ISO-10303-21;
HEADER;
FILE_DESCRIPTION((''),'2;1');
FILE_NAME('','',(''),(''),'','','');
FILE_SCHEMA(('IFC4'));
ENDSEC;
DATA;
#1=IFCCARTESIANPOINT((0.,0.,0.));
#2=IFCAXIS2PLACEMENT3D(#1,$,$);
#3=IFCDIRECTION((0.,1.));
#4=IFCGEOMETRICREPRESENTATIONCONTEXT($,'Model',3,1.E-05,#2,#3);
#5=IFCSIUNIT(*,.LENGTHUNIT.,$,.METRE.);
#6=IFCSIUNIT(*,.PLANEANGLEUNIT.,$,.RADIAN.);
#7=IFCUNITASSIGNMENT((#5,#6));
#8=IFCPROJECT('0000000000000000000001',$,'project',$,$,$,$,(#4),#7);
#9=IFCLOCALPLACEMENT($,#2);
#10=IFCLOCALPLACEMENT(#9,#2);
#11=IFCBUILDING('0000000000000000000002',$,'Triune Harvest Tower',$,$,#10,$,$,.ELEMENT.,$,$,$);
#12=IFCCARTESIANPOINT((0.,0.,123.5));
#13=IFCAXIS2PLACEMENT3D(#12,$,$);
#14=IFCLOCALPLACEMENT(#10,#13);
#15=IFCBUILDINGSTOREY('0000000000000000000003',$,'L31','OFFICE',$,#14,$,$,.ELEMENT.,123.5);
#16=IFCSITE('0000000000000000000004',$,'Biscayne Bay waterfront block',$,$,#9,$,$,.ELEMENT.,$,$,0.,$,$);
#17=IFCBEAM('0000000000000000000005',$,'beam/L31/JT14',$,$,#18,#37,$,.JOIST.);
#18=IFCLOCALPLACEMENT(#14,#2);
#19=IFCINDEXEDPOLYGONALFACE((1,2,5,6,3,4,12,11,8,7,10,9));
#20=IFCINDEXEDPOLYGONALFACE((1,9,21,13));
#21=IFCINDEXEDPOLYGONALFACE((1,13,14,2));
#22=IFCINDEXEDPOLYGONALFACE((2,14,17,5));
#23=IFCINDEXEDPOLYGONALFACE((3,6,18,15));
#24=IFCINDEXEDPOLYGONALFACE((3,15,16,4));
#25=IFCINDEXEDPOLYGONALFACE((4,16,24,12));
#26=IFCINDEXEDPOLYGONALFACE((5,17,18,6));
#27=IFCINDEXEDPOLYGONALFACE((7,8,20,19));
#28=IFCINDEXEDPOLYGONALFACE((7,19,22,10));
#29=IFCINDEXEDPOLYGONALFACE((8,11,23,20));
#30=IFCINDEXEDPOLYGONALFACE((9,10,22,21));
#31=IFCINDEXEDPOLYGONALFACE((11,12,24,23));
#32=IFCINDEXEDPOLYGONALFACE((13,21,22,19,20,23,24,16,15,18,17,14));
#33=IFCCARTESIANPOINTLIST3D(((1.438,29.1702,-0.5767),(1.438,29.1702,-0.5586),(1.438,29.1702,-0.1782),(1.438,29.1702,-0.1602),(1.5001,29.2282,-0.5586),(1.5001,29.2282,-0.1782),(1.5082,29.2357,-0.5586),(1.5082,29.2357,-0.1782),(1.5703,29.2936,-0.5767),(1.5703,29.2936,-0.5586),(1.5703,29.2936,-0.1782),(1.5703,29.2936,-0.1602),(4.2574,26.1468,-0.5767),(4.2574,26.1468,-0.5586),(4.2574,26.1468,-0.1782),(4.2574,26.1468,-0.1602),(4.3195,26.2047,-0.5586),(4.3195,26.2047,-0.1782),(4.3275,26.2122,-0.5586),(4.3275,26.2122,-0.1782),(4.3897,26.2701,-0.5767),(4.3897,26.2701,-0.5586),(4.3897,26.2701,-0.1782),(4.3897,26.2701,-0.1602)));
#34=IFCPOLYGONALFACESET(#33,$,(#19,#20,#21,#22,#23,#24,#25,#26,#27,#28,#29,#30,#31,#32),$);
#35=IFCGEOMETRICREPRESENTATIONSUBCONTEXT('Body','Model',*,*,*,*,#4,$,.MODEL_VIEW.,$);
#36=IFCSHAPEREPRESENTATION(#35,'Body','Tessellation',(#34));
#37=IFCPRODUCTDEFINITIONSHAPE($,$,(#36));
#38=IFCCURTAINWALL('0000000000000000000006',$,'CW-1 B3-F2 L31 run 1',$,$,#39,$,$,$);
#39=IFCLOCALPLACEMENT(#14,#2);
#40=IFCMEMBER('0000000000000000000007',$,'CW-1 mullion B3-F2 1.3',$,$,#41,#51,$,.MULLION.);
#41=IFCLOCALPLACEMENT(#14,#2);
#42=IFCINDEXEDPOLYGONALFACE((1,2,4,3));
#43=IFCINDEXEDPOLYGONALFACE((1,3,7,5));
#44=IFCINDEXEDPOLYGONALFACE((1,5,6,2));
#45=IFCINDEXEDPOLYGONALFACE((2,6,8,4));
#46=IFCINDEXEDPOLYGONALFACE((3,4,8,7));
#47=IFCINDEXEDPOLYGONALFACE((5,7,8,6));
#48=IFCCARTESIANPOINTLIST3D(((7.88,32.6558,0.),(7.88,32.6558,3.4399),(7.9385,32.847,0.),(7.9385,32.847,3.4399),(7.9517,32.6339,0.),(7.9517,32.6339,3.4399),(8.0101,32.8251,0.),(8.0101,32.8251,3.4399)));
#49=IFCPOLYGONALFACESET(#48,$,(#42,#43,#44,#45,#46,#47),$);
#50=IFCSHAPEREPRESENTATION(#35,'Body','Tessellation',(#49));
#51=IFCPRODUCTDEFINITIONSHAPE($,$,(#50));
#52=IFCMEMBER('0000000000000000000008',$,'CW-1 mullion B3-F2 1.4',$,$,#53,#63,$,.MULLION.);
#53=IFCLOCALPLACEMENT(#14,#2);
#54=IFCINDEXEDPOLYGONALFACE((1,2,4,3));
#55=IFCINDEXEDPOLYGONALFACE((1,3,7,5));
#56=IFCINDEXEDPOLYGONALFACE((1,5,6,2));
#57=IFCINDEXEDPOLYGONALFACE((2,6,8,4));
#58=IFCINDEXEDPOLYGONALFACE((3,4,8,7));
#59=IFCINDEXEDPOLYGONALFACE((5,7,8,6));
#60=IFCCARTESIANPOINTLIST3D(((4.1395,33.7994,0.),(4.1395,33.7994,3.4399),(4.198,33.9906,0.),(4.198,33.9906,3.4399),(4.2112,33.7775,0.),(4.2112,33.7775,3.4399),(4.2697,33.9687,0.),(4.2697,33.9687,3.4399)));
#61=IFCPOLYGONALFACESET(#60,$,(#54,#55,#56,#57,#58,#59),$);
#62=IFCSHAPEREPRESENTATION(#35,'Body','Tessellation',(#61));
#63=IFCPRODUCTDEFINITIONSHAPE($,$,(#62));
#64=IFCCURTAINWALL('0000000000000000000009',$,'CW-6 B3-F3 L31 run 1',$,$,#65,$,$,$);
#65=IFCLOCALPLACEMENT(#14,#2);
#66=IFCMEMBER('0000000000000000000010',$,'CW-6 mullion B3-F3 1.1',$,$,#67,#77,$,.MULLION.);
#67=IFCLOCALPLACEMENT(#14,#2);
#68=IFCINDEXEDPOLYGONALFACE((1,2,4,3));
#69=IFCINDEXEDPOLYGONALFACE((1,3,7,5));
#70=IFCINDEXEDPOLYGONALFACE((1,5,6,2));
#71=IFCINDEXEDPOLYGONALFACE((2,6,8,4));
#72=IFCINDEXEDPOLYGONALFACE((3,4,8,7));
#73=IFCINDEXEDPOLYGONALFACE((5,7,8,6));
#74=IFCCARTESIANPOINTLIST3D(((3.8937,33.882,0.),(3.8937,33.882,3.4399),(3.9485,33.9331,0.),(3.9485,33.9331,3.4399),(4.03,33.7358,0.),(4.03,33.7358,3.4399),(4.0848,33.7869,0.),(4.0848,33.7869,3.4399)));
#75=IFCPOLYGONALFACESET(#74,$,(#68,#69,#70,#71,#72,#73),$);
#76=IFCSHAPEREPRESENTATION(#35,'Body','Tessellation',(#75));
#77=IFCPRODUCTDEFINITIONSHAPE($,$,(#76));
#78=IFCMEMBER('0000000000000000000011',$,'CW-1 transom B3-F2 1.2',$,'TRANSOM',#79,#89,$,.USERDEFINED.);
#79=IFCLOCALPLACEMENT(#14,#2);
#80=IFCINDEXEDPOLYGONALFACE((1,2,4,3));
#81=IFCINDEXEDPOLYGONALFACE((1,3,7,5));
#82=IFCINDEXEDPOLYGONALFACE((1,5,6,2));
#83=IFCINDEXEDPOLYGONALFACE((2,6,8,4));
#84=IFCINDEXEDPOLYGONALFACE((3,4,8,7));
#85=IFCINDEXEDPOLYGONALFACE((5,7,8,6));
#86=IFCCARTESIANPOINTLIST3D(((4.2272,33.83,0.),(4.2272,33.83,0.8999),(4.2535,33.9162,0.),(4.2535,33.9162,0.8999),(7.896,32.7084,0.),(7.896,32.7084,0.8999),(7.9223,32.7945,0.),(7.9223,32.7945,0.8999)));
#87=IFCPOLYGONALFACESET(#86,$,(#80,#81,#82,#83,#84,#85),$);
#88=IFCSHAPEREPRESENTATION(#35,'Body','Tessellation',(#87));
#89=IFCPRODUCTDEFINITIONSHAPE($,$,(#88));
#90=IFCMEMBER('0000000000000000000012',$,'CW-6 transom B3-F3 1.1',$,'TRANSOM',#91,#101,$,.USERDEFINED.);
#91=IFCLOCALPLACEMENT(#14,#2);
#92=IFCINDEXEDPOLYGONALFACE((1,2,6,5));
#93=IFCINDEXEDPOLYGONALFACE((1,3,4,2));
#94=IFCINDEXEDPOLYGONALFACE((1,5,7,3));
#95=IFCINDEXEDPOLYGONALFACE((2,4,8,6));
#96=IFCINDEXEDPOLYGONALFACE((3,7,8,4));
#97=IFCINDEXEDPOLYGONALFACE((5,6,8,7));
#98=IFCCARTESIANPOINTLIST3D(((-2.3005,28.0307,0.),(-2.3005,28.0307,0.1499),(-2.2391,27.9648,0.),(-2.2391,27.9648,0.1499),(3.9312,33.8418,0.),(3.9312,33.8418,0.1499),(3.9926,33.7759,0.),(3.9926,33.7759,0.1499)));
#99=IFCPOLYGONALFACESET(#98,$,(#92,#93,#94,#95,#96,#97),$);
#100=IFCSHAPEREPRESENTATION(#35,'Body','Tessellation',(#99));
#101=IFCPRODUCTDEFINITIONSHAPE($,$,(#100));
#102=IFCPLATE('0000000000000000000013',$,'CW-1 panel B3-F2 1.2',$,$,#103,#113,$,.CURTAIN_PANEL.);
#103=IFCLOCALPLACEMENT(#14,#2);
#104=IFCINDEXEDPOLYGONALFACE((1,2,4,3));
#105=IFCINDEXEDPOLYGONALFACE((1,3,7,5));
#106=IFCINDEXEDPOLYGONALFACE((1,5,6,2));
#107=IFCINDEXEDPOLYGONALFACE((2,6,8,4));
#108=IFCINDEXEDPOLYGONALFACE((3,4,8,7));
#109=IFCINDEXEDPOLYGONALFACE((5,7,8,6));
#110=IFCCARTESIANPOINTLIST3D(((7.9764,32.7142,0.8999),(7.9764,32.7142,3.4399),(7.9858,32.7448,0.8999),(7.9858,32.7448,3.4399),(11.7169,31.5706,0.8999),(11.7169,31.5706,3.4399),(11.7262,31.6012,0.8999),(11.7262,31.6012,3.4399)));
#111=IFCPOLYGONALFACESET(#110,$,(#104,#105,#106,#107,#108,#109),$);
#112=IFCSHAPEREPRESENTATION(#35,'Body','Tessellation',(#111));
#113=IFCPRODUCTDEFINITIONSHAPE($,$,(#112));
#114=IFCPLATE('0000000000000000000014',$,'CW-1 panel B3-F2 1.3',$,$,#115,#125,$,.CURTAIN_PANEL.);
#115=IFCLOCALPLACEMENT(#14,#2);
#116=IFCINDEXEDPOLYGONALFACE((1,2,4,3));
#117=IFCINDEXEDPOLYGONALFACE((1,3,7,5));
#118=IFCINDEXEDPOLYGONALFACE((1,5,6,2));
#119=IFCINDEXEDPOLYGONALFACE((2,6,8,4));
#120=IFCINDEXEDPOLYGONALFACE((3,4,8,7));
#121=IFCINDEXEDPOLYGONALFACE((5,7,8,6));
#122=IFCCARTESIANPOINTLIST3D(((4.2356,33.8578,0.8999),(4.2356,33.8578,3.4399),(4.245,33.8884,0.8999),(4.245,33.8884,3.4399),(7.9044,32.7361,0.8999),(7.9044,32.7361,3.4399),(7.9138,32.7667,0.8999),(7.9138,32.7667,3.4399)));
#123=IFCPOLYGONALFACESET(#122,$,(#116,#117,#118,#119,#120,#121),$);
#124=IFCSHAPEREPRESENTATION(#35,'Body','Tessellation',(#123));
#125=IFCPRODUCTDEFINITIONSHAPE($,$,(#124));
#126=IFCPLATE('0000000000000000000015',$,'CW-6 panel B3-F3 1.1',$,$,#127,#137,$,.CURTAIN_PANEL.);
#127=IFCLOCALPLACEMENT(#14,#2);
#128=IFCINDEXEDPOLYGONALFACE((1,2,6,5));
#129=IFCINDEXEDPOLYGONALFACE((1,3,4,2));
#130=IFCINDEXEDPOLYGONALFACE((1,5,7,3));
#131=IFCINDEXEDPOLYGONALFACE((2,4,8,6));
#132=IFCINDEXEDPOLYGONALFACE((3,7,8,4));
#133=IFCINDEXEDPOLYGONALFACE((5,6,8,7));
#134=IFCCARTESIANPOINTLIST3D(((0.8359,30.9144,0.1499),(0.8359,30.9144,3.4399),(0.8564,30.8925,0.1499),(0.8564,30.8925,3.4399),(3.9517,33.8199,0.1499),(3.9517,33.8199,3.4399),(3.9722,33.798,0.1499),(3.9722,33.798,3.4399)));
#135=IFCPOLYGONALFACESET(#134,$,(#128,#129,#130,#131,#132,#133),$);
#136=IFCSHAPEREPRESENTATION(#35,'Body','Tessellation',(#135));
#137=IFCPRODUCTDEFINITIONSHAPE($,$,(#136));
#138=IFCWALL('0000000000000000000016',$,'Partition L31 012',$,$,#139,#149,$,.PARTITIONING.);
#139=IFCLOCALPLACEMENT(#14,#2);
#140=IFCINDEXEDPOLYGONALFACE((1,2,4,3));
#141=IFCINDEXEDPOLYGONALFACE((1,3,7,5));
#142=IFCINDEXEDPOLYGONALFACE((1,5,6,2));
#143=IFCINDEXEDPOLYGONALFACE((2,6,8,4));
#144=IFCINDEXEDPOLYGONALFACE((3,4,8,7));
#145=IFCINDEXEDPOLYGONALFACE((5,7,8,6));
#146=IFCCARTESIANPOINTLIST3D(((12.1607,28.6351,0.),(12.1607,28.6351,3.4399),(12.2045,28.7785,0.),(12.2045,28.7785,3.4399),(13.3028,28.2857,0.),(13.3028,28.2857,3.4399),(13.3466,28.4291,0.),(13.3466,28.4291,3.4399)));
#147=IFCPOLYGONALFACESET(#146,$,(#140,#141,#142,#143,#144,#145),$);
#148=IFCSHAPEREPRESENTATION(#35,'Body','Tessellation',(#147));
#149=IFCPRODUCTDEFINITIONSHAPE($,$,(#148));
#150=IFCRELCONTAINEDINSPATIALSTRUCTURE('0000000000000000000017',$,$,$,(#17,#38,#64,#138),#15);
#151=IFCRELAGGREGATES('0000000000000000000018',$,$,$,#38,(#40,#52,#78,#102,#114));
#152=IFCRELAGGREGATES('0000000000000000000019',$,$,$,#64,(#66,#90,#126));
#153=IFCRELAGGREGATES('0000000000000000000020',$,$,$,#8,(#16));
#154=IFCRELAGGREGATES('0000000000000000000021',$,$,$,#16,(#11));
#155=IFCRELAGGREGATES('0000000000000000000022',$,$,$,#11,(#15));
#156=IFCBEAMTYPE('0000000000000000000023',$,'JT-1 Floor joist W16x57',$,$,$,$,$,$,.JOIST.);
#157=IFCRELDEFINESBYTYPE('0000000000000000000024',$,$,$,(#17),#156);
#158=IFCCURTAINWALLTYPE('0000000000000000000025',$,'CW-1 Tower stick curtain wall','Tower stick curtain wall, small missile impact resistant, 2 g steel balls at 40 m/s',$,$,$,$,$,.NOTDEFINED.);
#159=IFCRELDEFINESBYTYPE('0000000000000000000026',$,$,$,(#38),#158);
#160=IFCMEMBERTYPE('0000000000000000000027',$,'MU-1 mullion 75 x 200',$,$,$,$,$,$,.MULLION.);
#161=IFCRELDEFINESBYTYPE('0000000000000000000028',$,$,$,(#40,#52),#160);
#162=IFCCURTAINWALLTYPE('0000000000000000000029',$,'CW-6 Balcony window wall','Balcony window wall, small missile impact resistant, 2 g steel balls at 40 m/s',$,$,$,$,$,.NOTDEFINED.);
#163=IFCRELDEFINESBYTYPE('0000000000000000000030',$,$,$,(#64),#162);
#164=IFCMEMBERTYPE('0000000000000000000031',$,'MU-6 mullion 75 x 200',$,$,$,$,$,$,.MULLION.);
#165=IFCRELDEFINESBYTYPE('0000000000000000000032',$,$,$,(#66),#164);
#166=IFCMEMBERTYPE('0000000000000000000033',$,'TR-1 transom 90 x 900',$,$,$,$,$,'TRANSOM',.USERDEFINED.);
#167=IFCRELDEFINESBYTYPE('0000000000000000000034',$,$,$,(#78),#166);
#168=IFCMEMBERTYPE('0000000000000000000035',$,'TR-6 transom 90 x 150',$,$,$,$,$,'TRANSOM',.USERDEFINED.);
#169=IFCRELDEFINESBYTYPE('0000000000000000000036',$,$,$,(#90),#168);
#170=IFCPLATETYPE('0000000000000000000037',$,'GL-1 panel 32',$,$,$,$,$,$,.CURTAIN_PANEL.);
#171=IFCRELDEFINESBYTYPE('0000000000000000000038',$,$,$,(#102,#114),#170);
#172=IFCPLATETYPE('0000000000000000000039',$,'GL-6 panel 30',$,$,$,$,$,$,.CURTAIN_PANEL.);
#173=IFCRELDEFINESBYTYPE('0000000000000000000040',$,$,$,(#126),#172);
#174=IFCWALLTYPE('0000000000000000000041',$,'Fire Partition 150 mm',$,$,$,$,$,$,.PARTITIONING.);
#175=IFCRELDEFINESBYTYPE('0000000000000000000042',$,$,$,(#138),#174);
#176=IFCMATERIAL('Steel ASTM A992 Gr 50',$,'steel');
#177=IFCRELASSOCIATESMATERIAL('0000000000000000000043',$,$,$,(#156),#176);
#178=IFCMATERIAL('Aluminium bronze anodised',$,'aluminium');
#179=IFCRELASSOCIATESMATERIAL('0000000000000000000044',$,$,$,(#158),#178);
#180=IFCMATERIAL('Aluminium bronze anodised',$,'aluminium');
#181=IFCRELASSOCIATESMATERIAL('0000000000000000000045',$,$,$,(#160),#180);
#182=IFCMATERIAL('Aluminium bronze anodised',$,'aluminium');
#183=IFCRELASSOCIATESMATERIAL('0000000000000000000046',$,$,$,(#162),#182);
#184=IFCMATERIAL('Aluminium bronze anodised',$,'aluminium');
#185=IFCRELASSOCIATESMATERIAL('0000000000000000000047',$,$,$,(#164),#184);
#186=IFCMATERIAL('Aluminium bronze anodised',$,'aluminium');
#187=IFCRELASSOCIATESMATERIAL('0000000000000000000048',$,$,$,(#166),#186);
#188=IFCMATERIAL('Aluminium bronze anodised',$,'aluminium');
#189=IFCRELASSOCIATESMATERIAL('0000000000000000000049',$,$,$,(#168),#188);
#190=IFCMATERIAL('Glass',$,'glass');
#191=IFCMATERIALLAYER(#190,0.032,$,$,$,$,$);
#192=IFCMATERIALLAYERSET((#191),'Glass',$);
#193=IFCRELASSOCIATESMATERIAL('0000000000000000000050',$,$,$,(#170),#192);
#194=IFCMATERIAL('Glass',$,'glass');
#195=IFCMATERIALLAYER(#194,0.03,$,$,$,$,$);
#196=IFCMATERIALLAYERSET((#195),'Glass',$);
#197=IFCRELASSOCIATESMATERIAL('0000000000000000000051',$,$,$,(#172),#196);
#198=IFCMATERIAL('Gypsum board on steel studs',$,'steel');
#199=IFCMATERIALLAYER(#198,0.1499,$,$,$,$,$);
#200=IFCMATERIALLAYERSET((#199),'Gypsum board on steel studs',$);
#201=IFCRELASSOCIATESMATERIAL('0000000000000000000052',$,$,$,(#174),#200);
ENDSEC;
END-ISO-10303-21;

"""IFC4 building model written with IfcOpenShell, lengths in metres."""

from ifc_helpers import new_model, si_unit, direction, frame, frame_2d, origin, origin_2d, place, context, subcontext, project, spatial, rectangle, i_section, extrude, source, transform, mapped, material, layer, layer_set, material_profile, profile_set, type_object, element, aggregate, save


model = new_model("IFC4")

# Units and contexts
model_context = context("Model", 3, precision=1e-05, world=origin(), true_north=direction((0.0, 1.0)))
body_context = subcontext(model_context, "Body", "Model", "MODEL_VIEW")
ifc_project = project(units=[si_unit("LENGTHUNIT", "METRE"), si_unit("PLANEANGLEUNIT", "RADIAN")], contexts=[model_context])

# Site, building, storey
site_placement = place(None, origin())
site = spatial("IfcSite", under=ifc_project, at=site_placement, Name="Biscayne Bay waterfront block", CompositionType="ELEMENT", RefElevation=0.0)
building_placement = place(site_placement, origin())
building = spatial("IfcBuilding", under=site, at=building_placement, Name="Triune Harvest Tower", CompositionType="ELEMENT")
storey_placement = place(building_placement, frame((0.0, 0.0, 123.5)))
storey = spatial("IfcBuildingStorey", under=building, at=storey_placement, Name="L31", Description="OFFICE", CompositionType="ELEMENT", Elevation=123.5)

# Beam
ifc_material_1 = material(Name="Steel ASTM A992 Gr 50", Category="steel")
ifc_material_profile_1 = material_profile(ifc_material_1, i_section(OverallWidth=0.1809, OverallDepth=0.4165, WebThickness=0.011, FlangeThickness=0.0181, at=origin_2d()), Name="W16x57")
ifc_profile_set_1 = profile_set([ifc_material_profile_1], Name="Steel ASTM A992 Gr 50")
beam_type_1 = type_object("IfcBeamType", Name="JT-1 Floor joist W16x57", PredefinedType="JOIST", material=ifc_profile_set_1)
shared_shape_1 = source(origin(), body_context, "Body", "SweptSolid", [
    extrude(i_section(OverallWidth=0.1809, OverallDepth=0.4165, WebThickness=0.011, FlangeThickness=0.0181, at=origin_2d()), origin(), (0.0, 0.0, 1.0), 4.134),
])
beam_1_placement = place(storey_placement, frame((1.5042, 29.2319, -0.3684), z_axis=(0.68199, -0.731362, 0.0), x_axis=(0.731362, 0.68199, 0.0)))
element("IfcBeam", 1, at=beam_1_placement, inside=storey, type_object=beam_type_1, Name="beam/L31/JT14", PredefinedType="JOIST", context=body_context, shape_type="MappedRepresentation", body=[
    mapped(shared_shape_1, transform((0.0, 0.0, 0.0), scale=1.0)),
])

# Curtain wall, members
ifc_material_2 = material(Name="Aluminium bronze anodised", Category="aluminium")
curtain_wall_type_1 = type_object("IfcCurtainWallType", Name="CW-1 Tower stick curtain wall", Description="Tower stick curtain wall, small missile impact resistant, 2 g steel balls at 40 m/s", PredefinedType="NOTDEFINED", material=ifc_material_2)
curtain_wall_1_placement = place(storey_placement, origin())
curtain_wall_1 = element("IfcCurtainWall", 2, at=curtain_wall_1_placement, inside=storey, type_object=curtain_wall_type_1, Name="CW-1 B3-F2 L31 run 1")
ifc_material_3 = material(Name="Aluminium bronze anodised", Category="aluminium")
ifc_material_profile_2 = material_profile(ifc_material_3, rectangle(XDim=0.2, YDim=0.075, at=origin_2d()), Name="MU-1 mullion 75 x 200")
ifc_profile_set_2 = profile_set([ifc_material_profile_2], Name="Aluminium bronze anodised")
member_type_1 = type_object("IfcMemberType", Name="MU-1 mullion 75 x 200", PredefinedType="MULLION", material=ifc_profile_set_2)
shared_shape_2 = source(origin(), body_context, "Body", "SweptSolid", [
    extrude(rectangle(XDim=0.2, YDim=0.075, at=origin_2d()), origin(), (0.0, 0.0, 1.0), 3.4399),
])
member_1_placement = place(storey_placement, frame((7.9451, 32.7405, 0.0), z_axis=(0.0, 0.0, 1.0), x_axis=(-0.292377, -0.956303, 0.0)))
member_1 = element("IfcMember", 3, at=member_1_placement, type_object=member_type_1, Name="CW-1 mullion B3-F2 1.3", PredefinedType="MULLION", context=body_context, shape_type="MappedRepresentation", body=[
    mapped(shared_shape_2, transform((0.0, 0.0, 0.0), scale=1.0)),
])
member_2_placement = place(storey_placement, frame((4.2046, 33.884, 0.0), z_axis=(0.0, 0.0, 1.0), x_axis=(-0.292377, -0.956303, 0.0)))
member_2 = element("IfcMember", 4, at=member_2_placement, type_object=member_type_1, Name="CW-1 mullion B3-F2 1.4", PredefinedType="MULLION", context=body_context, shape_type="MappedRepresentation", body=[
    mapped(shared_shape_2, transform((0.0, 0.0, 0.0), scale=1.0)),
])

# Curtain wall, member
ifc_material_4 = material(Name="Aluminium bronze anodised", Category="aluminium")
curtain_wall_type_2 = type_object("IfcCurtainWallType", Name="CW-6 Balcony window wall", Description="Balcony window wall, small missile impact resistant, 2 g steel balls at 40 m/s", PredefinedType="NOTDEFINED", material=ifc_material_4)
curtain_wall_2_placement = place(storey_placement, origin())
curtain_wall_2 = element("IfcCurtainWall", 5, at=curtain_wall_2_placement, inside=storey, type_object=curtain_wall_type_2, Name="CW-6 B3-F3 L31 run 1")
ifc_material_5 = material(Name="Aluminium bronze anodised", Category="aluminium")
ifc_material_profile_3 = material_profile(ifc_material_5, rectangle(XDim=0.2, YDim=0.075, at=origin_2d()), Name="MU-6 mullion 75 x 200")
ifc_profile_set_3 = profile_set([ifc_material_profile_3], Name="Aluminium bronze anodised")
member_type_2 = type_object("IfcMemberType", Name="MU-6 mullion 75 x 200", PredefinedType="MULLION", material=ifc_profile_set_3)
shared_shape_3 = source(origin(), body_context, "Body", "SweptSolid", [
    extrude(rectangle(XDim=0.2, YDim=0.075, at=origin_2d()), origin(), (0.0, 0.0, 1.0), 3.4399),
])
member_3_placement = place(storey_placement, frame((3.9893, 33.8345, 0.0), z_axis=(0.0, 0.0, 1.0), x_axis=(0.681998, -0.731354, 0.0)))
member_3 = element("IfcMember", 6, at=member_3_placement, type_object=member_type_2, Name="CW-6 mullion B3-F3 1.1", PredefinedType="MULLION", context=body_context, shape_type="MappedRepresentation", body=[
    mapped(shared_shape_3, transform((0.0, 0.0, 0.0), scale=1.0)),
])

# Members
ifc_material_6 = material(Name="Aluminium bronze anodised", Category="aluminium")
ifc_material_profile_4 = material_profile(ifc_material_6, rectangle(XDim=0.0901, YDim=0.8999, at=origin_2d()), Name="TR-1 transom 90 x 900")
ifc_profile_set_4 = profile_set([ifc_material_profile_4], Name="Aluminium bronze anodised")
member_type_3 = type_object("IfcMemberType", Name="TR-1 transom 90 x 900", ElementType="TRANSOM", PredefinedType="USERDEFINED", material=ifc_profile_set_4)
shared_shape_4 = source(origin(), body_context, "Body", "SweptSolid", [
    extrude(rectangle(XDim=0.0901, YDim=0.8999, at=origin_2d()), origin(), (0.0, 0.0, 1.0), 3.8364),
])
member_4_placement = place(storey_placement, frame((7.9092, 32.7515, 0.45), z_axis=(-0.956309, 0.292359, 0.0), x_axis=(-0.292359, -0.956309, 0.0)))
member_4 = element("IfcMember", 7, at=member_4_placement, type_object=member_type_3, Name="CW-1 transom B3-F2 1.2", ObjectType="TRANSOM", PredefinedType="USERDEFINED", context=body_context, shape_type="MappedRepresentation", body=[
    mapped(shared_shape_4, transform((0.0, 0.0, 0.0), scale=1.0)),
])
ifc_material_7 = material(Name="Aluminium bronze anodised", Category="aluminium")
ifc_material_profile_5 = material_profile(ifc_material_7, rectangle(XDim=0.0901, YDim=0.1499, at=origin_2d()), Name="TR-6 transom 90 x 150")
ifc_profile_set_5 = profile_set([ifc_material_profile_5], Name="Aluminium bronze anodised")
member_type_4 = type_object("IfcMemberType", Name="TR-6 transom 90 x 150", ElementType="TRANSOM", PredefinedType="USERDEFINED", material=ifc_profile_set_5)
shared_shape_5 = source(origin(), body_context, "Body", "SweptSolid", [
    extrude(rectangle(XDim=0.0901, YDim=0.1499, at=origin_2d()), origin(), (0.0, 0.0, 1.0), 8.5208),
])
member_5_placement = place(storey_placement, frame((3.9619, 33.8088, 0.075), z_axis=(-0.73136, -0.681992, 0.0), x_axis=(0.681992, -0.73136, 0.0)))
member_5 = element("IfcMember", 8, at=member_5_placement, type_object=member_type_4, Name="CW-6 transom B3-F3 1.1", ObjectType="TRANSOM", PredefinedType="USERDEFINED", context=body_context, shape_type="MappedRepresentation", body=[
    mapped(shared_shape_5, transform((0.0, 0.0, 0.0), scale=1.0)),
])

# Plates
ifc_material_8 = material(Name="Glass", Category="glass")
ifc_layer_1 = layer(ifc_material_8, 0.032)
ifc_layer_set_1 = layer_set([ifc_layer_1], Name="Glass")
plate_type_1 = type_object("IfcPlateType", Name="GL-1 panel 32", PredefinedType="CURTAIN_PANEL", material=ifc_layer_set_1)
shared_shape_6 = source(origin(), body_context, "Body", "SweptSolid", [
    extrude(rectangle(XDim=3.9114, YDim=0.032, at=origin_2d()), origin(), (0.0, 0.0, 1.0), 2.54),
])
plate_1_placement = place(storey_placement, frame((9.8513, 32.1577, 0.8999), z_axis=(0.0, 0.0, 1.0), x_axis=(-0.956303, 0.292377, 0.0)))
plate_1 = element("IfcPlate", 9, at=plate_1_placement, type_object=plate_type_1, Name="CW-1 panel B3-F2 1.2", PredefinedType="CURTAIN_PANEL", context=body_context, shape_type="MappedRepresentation", body=[
    mapped(shared_shape_6, transform((0.0, 0.0, 0.0), scale=1.0)),
])
shared_shape_7 = source(origin(), body_context, "Body", "SweptSolid", [
    extrude(rectangle(XDim=3.8364, YDim=0.032, at=origin_2d()), origin(), (0.0, 0.0, 1.0), 2.54),
])
plate_2_placement = place(storey_placement, frame((6.0747, 33.3123, 0.8999), z_axis=(0.0, 0.0, 1.0), x_axis=(-0.956303, 0.292377, 0.0)))
plate_2 = element("IfcPlate", 10, at=plate_2_placement, type_object=plate_type_1, Name="CW-1 panel B3-F2 1.3", PredefinedType="CURTAIN_PANEL", context=body_context, shape_type="MappedRepresentation", body=[
    mapped(shared_shape_7, transform((0.0, 0.0, 0.0), scale=1.0)),
])
aggregate(curtain_wall_1, [member_1, member_2, member_4, plate_1, plate_2])
ifc_material_9 = material(Name="Glass", Category="glass")
ifc_layer_2 = layer(ifc_material_9, 0.03)
ifc_layer_set_2 = layer_set([ifc_layer_2], Name="Glass")
plate_type_2 = type_object("IfcPlateType", Name="GL-6 panel 30", PredefinedType="CURTAIN_PANEL", material=ifc_layer_set_2)
shared_shape_8 = source(origin(), body_context, "Body", "SweptSolid", [
    extrude(rectangle(XDim=4.2603, YDim=0.03, at=origin_2d()), origin(), (0.0, 0.0, 1.0), 3.29),
])
plate_3_placement = place(storey_placement, frame((2.4041, 32.3562, 0.1499), z_axis=(0.0, 0.0, 1.0), x_axis=(-0.731354, -0.681998, 0.0)))
plate_3 = element("IfcPlate", 11, at=plate_3_placement, type_object=plate_type_2, Name="CW-6 panel B3-F3 1.1", PredefinedType="CURTAIN_PANEL", context=body_context, shape_type="MappedRepresentation", body=[
    mapped(shared_shape_8, transform((0.0, 0.0, 0.0), scale=1.0)),
])
aggregate(curtain_wall_2, [member_3, member_5, plate_3])

# Wall
ifc_material_10 = material(Name="Gypsum board on steel studs", Category="steel")
ifc_layer_3 = layer(ifc_material_10, 0.1499)
ifc_layer_set_3 = layer_set([ifc_layer_3], Name="Gypsum board on steel studs")
wall_type_1 = type_object("IfcWallType", Name="Fire Partition 150 mm", PredefinedType="PARTITIONING", material=ifc_layer_set_3)
wall_1_placement = place(storey_placement, frame((12.1826, 28.7068, 0.0), z_axis=(0.0, 0.0, 1.0), x_axis=(0.956259, -0.29252, 0.0)))
element("IfcWall", 12, at=wall_1_placement, inside=storey, type_object=wall_type_1, Name="Partition L31 012", PredefinedType="PARTITIONING", context=body_context, shape_type="SweptSolid", body=[
    extrude(rectangle(XDim=1.1943, YDim=0.1499, at=frame_2d((0.5972, 0.0))), origin(), (0.0, 0.0, 1.0), 3.4399),
])

save(model, "model.ifc")
